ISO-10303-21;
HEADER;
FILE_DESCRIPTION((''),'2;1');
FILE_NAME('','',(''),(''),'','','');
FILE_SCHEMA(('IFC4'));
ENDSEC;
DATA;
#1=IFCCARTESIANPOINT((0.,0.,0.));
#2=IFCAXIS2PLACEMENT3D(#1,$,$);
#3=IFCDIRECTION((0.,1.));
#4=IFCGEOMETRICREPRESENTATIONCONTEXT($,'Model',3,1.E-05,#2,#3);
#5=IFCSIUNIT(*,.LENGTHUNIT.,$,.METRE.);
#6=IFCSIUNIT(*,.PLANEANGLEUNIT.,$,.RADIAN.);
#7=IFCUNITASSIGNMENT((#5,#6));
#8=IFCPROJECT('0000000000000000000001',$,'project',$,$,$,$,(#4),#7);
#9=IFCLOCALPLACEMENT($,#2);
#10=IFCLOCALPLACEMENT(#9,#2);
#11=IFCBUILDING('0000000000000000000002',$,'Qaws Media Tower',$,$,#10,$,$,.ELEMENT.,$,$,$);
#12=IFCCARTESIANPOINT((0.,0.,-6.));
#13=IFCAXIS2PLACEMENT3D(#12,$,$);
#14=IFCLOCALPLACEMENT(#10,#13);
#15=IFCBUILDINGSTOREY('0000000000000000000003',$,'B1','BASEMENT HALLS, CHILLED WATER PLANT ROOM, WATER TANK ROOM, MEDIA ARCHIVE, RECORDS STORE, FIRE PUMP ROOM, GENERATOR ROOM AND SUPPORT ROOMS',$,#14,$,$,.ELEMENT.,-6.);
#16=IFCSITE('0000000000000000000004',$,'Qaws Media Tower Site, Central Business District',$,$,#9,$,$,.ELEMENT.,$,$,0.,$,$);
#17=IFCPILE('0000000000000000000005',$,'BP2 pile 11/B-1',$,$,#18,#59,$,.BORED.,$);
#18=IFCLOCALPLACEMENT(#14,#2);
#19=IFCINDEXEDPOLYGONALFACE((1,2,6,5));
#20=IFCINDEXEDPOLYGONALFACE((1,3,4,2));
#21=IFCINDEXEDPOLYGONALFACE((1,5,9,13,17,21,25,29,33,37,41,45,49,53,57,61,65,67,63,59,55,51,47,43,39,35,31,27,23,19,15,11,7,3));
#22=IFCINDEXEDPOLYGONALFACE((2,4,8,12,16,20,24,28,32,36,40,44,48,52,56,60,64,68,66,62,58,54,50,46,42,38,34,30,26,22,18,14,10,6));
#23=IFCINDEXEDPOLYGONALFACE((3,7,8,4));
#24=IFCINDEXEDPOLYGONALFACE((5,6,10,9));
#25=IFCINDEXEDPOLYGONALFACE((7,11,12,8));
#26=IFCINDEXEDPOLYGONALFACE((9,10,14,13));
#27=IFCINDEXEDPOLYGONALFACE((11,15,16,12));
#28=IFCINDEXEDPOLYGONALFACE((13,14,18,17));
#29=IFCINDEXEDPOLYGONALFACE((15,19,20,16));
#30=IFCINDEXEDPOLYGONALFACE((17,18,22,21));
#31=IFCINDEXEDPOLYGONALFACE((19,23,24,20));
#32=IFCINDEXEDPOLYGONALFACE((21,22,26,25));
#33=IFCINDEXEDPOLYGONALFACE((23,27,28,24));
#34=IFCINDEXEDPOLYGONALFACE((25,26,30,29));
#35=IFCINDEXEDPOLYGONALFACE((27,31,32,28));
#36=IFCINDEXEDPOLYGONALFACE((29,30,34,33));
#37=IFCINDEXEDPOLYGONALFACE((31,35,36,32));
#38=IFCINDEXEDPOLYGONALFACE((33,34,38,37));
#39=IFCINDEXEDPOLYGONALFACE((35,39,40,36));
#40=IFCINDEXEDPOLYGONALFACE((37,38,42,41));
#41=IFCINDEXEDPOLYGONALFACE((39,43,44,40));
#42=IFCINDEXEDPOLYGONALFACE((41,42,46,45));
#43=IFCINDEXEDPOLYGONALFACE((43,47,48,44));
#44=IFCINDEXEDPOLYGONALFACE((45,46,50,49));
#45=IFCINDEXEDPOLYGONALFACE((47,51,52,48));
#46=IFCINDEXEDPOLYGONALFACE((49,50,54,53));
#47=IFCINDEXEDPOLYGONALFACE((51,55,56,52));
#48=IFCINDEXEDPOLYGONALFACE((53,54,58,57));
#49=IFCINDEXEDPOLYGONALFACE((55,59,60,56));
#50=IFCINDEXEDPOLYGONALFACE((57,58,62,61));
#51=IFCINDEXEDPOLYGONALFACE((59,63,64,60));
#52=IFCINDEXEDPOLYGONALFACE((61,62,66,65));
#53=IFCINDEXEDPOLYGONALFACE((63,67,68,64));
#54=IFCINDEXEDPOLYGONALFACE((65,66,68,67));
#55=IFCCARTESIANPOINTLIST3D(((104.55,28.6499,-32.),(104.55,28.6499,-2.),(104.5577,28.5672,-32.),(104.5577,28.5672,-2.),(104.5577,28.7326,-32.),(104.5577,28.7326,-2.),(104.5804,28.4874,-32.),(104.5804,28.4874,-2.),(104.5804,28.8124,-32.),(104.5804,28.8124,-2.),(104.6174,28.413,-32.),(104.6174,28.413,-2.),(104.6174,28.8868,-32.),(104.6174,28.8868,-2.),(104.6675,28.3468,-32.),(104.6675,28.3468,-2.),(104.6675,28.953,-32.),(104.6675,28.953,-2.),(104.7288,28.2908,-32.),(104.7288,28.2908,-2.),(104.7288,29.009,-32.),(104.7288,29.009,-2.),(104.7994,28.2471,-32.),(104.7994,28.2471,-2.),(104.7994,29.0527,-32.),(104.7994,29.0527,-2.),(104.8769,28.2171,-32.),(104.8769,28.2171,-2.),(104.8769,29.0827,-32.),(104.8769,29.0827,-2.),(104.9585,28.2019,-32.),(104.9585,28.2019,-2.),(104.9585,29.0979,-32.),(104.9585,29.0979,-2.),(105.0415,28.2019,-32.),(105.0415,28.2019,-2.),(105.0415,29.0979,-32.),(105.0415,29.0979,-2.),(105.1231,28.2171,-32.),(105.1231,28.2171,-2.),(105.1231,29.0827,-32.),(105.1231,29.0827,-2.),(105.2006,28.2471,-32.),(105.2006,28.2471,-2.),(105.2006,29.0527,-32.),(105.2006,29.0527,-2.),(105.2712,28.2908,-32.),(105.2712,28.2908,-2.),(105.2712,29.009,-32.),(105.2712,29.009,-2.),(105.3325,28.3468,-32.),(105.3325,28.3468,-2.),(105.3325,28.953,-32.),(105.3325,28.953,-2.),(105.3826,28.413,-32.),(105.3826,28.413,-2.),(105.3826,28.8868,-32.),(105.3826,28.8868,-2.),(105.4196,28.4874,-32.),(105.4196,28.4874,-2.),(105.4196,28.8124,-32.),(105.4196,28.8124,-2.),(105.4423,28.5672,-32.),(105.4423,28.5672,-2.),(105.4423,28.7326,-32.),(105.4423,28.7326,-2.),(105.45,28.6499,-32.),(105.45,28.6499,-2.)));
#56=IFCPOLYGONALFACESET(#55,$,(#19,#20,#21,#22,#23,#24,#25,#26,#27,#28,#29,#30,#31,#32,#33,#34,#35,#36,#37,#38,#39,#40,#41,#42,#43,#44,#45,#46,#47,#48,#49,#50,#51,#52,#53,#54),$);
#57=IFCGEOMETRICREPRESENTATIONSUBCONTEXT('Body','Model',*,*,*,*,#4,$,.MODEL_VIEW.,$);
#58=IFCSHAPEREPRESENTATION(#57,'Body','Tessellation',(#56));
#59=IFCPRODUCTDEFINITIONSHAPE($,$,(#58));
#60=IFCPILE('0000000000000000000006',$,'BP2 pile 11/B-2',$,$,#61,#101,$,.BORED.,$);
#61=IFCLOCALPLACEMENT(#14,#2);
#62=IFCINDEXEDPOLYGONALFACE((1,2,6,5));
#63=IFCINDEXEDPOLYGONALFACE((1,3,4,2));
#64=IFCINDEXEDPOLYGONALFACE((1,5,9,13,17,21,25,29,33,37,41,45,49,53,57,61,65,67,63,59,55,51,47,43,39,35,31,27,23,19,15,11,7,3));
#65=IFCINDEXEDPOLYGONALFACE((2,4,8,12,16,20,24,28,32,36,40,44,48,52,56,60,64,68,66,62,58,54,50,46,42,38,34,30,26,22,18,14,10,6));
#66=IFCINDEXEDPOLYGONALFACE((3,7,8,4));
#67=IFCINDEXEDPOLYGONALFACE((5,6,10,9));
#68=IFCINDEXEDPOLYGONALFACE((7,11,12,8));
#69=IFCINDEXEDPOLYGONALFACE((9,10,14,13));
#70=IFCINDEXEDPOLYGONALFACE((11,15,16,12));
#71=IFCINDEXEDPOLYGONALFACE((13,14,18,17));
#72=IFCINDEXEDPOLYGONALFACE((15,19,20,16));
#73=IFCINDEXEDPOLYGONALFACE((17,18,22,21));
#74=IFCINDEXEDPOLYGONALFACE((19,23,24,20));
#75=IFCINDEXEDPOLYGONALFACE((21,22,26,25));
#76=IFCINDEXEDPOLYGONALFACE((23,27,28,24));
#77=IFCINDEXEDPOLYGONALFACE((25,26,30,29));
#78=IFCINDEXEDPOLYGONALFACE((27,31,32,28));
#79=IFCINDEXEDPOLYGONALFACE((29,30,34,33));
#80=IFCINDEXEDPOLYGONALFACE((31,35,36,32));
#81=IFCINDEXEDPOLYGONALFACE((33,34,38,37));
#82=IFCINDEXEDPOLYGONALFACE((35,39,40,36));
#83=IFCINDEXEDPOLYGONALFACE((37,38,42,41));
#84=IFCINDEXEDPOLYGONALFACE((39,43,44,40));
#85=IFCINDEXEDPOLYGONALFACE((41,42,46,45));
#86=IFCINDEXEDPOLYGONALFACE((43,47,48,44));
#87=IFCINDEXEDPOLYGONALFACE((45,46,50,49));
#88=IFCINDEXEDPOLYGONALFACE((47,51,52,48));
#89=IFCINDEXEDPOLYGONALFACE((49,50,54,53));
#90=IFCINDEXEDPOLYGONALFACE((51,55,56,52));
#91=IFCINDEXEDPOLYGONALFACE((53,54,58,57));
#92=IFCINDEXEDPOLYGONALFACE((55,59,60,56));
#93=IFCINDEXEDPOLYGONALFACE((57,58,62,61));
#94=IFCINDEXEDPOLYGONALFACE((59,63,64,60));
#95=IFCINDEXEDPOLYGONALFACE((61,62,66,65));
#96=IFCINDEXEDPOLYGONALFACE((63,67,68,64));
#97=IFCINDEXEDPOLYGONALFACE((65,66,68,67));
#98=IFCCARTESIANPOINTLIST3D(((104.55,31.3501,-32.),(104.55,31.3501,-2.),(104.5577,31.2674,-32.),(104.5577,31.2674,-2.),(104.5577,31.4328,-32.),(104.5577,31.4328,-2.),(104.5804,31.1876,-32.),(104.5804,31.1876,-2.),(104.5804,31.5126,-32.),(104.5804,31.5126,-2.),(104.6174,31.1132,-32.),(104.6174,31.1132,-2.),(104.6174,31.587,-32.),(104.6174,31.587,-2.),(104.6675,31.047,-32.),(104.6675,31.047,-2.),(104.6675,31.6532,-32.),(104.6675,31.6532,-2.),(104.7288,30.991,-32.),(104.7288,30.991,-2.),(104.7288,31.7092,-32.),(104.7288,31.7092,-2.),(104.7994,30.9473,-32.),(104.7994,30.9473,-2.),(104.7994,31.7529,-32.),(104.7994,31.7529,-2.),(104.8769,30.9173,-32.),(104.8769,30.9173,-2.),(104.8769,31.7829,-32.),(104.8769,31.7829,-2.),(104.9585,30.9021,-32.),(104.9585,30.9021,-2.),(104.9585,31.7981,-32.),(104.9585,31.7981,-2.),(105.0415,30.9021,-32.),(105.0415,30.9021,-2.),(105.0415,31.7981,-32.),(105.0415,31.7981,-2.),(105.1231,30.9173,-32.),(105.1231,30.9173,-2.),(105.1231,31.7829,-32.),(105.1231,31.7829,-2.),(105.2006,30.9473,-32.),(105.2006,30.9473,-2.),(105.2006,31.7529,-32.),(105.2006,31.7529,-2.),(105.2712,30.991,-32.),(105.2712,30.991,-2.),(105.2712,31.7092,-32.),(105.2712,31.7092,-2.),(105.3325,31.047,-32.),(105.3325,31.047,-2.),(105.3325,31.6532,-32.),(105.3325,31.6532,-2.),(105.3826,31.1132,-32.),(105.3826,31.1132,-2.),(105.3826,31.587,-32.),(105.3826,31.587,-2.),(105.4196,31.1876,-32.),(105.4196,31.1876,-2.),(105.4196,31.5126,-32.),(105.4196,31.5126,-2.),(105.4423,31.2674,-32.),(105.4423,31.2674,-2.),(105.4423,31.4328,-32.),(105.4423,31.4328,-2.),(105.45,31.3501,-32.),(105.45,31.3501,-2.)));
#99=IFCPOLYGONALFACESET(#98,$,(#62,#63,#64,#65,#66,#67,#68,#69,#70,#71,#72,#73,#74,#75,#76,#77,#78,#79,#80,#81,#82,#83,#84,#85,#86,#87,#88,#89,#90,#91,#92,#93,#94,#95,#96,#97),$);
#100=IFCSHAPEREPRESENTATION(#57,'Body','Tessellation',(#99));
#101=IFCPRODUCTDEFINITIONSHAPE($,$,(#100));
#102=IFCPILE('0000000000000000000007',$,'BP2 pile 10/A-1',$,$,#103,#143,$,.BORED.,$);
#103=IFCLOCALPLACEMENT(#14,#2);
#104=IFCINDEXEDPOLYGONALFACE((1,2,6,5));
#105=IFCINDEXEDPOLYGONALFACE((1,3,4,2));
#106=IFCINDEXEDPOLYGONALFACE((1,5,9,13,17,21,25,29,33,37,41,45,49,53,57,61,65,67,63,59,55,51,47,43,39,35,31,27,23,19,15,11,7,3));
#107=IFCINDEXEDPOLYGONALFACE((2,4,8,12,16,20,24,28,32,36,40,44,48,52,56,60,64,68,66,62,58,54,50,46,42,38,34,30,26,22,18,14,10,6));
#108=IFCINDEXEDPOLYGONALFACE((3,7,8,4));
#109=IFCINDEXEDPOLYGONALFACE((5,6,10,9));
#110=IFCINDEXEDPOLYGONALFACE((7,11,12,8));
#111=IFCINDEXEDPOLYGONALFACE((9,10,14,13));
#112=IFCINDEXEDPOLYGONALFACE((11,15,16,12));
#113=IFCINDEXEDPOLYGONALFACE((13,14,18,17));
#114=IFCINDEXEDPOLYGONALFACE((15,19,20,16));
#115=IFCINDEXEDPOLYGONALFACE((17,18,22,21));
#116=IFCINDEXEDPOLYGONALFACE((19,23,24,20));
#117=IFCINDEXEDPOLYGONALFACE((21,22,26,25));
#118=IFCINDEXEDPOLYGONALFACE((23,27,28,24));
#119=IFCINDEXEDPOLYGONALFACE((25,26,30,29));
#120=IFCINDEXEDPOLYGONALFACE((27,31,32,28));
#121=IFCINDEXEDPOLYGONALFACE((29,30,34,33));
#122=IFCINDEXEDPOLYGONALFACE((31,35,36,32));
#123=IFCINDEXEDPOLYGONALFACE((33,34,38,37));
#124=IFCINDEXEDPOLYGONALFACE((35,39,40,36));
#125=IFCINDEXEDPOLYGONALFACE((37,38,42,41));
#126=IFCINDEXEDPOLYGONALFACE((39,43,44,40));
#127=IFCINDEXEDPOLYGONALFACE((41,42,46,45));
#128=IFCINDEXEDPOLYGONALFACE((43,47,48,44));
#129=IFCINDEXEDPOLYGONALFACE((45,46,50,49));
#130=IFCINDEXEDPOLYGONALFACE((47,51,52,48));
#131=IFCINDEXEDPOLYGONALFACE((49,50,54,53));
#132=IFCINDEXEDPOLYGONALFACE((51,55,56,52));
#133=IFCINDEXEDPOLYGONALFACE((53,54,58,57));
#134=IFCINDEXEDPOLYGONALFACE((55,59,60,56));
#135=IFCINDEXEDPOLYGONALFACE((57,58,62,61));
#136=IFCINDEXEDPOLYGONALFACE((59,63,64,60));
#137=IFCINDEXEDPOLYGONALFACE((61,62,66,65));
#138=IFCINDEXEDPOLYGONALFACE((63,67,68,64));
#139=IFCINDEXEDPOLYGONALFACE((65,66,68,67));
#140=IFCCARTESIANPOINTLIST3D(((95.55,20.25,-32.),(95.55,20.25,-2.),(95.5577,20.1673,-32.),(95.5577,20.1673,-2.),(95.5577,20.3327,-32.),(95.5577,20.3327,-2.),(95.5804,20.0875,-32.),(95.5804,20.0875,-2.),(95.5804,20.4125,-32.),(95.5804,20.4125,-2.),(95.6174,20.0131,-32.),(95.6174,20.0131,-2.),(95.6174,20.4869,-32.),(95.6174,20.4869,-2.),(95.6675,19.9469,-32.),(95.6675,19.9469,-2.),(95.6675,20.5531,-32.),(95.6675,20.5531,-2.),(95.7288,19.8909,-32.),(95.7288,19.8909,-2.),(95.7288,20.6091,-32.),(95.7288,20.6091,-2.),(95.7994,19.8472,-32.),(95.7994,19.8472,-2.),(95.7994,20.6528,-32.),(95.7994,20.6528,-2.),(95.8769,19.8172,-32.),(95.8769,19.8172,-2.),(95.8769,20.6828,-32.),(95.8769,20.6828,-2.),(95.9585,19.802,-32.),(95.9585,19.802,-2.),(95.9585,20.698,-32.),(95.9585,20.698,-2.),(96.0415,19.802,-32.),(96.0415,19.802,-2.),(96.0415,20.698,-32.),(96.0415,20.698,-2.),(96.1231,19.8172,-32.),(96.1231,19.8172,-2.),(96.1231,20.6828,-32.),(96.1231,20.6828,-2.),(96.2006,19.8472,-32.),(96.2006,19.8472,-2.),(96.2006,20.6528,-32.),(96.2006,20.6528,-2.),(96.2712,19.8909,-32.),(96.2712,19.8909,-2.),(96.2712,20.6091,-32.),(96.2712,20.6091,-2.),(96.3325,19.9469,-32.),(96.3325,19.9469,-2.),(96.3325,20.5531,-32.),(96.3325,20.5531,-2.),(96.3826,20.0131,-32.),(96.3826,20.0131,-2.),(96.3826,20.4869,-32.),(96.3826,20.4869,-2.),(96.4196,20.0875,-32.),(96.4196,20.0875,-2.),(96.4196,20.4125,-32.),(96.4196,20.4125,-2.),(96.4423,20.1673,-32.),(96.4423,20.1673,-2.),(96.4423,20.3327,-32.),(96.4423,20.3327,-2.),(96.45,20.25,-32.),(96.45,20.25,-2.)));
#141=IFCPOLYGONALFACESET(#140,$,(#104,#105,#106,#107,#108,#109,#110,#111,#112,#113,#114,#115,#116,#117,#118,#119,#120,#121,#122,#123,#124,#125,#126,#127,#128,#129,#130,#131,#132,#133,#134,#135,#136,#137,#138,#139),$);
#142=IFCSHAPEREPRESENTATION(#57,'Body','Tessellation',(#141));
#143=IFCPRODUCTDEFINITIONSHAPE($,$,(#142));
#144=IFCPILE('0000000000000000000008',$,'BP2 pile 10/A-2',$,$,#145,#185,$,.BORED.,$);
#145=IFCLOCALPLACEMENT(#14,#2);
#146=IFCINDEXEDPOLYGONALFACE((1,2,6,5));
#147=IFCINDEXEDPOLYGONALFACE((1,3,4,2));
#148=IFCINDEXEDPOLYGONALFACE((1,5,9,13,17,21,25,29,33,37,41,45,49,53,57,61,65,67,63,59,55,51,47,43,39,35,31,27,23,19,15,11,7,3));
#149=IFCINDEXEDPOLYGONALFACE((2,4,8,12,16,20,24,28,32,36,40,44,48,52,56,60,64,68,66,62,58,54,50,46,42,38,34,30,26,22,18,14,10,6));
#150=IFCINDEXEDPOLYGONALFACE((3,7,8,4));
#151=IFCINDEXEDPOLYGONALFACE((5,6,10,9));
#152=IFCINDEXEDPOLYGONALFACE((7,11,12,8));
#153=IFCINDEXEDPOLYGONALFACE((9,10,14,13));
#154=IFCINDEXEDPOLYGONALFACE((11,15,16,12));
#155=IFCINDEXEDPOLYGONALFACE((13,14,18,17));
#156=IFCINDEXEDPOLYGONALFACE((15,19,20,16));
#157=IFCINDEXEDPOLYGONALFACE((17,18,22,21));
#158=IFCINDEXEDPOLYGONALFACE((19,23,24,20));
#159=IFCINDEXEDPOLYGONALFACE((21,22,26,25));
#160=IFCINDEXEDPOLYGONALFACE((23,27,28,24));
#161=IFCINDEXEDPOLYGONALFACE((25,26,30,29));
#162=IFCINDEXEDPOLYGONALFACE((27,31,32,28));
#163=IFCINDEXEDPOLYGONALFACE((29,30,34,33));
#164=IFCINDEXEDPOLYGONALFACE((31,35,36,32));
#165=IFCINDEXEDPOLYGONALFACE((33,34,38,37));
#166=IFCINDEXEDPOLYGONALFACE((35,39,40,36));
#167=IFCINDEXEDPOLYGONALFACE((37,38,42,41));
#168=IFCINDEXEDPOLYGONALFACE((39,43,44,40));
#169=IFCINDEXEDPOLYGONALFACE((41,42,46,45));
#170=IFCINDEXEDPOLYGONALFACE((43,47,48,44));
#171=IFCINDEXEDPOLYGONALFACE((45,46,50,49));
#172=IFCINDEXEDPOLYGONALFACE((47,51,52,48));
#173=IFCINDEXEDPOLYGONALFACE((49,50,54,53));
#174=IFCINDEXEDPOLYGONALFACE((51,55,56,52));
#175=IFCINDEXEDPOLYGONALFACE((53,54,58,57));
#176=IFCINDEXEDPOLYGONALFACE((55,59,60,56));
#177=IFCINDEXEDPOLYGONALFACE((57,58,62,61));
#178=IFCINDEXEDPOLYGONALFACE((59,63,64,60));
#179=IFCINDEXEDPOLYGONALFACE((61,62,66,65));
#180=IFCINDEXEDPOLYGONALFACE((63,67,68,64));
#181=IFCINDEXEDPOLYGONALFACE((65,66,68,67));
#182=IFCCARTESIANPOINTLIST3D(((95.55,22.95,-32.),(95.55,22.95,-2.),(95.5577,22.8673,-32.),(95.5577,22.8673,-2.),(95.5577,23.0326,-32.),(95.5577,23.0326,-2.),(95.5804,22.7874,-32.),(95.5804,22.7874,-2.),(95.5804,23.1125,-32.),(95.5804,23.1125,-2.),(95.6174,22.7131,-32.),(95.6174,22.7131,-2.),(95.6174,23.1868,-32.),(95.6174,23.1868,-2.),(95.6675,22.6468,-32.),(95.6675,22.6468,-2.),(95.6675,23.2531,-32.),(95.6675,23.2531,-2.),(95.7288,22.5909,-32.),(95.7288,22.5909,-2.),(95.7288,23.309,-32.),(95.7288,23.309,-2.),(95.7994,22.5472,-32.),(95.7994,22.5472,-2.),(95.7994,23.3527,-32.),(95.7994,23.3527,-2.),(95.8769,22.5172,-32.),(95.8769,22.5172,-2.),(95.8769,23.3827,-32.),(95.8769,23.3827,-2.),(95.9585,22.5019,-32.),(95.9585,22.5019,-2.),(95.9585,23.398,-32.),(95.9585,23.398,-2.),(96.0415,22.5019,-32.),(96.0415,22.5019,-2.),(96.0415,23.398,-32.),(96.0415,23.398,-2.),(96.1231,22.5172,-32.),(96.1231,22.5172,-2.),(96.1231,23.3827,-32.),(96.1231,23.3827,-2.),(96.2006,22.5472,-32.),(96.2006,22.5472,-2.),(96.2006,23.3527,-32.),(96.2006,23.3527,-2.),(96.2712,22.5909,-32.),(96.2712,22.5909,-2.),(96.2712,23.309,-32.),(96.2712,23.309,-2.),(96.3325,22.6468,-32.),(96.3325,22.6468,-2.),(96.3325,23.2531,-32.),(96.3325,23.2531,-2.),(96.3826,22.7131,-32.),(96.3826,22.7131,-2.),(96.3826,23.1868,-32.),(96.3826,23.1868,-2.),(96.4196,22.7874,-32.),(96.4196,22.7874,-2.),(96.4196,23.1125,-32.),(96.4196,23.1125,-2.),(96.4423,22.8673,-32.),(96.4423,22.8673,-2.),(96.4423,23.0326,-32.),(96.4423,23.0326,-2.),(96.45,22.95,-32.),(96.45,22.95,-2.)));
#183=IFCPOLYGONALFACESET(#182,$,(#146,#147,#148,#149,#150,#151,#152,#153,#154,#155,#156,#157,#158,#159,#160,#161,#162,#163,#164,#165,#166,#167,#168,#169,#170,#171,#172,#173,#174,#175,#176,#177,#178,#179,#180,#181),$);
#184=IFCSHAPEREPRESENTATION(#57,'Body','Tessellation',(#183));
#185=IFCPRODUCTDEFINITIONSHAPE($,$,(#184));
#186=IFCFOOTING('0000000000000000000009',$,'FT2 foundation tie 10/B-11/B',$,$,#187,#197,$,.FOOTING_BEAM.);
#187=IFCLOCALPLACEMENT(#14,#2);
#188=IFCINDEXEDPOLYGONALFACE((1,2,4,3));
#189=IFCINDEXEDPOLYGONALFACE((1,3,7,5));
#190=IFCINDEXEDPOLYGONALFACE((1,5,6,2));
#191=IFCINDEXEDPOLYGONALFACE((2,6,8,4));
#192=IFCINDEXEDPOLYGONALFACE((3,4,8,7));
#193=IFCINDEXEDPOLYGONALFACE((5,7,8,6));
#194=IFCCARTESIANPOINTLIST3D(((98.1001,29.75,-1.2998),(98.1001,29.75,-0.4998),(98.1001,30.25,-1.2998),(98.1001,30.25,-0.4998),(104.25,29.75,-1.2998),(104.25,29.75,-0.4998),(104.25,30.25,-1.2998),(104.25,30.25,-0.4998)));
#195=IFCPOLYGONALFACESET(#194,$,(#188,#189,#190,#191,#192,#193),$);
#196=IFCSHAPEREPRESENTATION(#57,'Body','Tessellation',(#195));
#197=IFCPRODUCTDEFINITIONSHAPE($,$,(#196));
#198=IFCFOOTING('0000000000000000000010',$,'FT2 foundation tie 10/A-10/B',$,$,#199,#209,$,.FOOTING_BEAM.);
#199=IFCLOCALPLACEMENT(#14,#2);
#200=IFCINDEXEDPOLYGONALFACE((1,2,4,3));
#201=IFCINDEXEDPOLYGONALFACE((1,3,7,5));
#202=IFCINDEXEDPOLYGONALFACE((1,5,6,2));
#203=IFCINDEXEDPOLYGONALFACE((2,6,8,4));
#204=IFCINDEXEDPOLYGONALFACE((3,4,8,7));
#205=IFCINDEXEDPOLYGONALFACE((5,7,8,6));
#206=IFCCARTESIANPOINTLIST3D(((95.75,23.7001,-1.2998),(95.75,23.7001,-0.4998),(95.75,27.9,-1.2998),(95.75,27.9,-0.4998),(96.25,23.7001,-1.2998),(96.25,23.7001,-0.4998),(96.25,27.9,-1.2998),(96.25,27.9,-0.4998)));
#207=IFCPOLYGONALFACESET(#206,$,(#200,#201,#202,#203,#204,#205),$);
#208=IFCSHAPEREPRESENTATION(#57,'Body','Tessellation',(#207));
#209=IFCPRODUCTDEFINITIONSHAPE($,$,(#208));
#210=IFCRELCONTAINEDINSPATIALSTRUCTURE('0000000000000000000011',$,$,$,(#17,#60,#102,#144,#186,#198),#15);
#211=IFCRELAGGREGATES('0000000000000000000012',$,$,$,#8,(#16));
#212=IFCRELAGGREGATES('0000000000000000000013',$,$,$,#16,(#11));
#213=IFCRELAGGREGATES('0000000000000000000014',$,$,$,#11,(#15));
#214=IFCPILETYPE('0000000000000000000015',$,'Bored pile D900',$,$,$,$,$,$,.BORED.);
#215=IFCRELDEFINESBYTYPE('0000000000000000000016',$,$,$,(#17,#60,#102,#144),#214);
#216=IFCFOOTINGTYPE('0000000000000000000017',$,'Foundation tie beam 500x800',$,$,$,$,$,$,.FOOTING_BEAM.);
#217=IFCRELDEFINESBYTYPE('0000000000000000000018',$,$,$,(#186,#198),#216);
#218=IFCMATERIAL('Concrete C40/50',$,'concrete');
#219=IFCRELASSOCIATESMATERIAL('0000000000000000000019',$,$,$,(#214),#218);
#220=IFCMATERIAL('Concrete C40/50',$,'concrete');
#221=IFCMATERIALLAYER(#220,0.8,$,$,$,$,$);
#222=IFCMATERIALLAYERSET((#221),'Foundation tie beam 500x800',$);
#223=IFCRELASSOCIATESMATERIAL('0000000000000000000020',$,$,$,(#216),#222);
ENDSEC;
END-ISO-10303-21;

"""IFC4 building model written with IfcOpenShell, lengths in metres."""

from ifc_helpers import new_model, si_unit, direction, frame, origin, origin_2d, place, context, subcontext, project, spatial, rectangle, circle, extrude, material, layer, layer_set, material_profile, profile_set, type_object, element, save


model = new_model("IFC4")

# Units and contexts
model_context = context("Model", 3, precision=1e-05, world=origin(), true_north=direction((0.0, 1.0)))
body_context = subcontext(model_context, "Body", "Model", "MODEL_VIEW")
ifc_project = project(units=[si_unit("LENGTHUNIT", "METRE"), si_unit("PLANEANGLEUNIT", "RADIAN")], contexts=[model_context])

# Site, building, storey
site_placement = place(None, origin())
site = spatial("IfcSite", under=ifc_project, at=site_placement, Name="Qaws Media Tower Site, Central Business District", CompositionType="ELEMENT", RefElevation=0.0)
building_placement = place(site_placement, origin())
building = spatial("IfcBuilding", under=site, at=building_placement, Name="Qaws Media Tower", CompositionType="ELEMENT")
storey_placement = place(building_placement, frame((0.0, 0.0, -6.0)))
storey = spatial("IfcBuildingStorey", under=building, at=storey_placement, Name="B1", Description="BASEMENT HALLS, CHILLED WATER PLANT ROOM, WATER TANK ROOM, MEDIA ARCHIVE, RECORDS STORE, FIRE PUMP ROOM, GENERATOR ROOM AND SUPPORT ROOMS", CompositionType="ELEMENT", Elevation=-6.0)

# Piles
ifc_material_1 = material(Name="Concrete C40/50", Category="concrete")
ifc_material_profile_1 = material_profile(ifc_material_1, circle(Radius=0.45, at=origin_2d()), Name="D900")
ifc_profile_set_1 = profile_set([ifc_material_profile_1], Name="Concrete C40/50")
pile_type = type_object("IfcPileType", Name="Bored pile D900", PredefinedType="BORED", material=ifc_profile_set_1)
for number, where, z_axis, x_axis, name in (
    (1, (105.0, 28.6499, -2.0), (0.0, 0.0, -1.0), (1.0, 0.0, 0.0), "BP2 pile 11/B-1"),
    (2, (105.0, 31.3501, -2.0), (0.0, 0.0, -1.0), (1.0, 0.0, 0.0), "BP2 pile 11/B-2"),
    (3, (96.0, 20.25, -2.0), (0.0, 0.0, -1.0), (1.0, 0.0, 0.0), "BP2 pile 10/A-1"),
    (4, (96.0, 22.95, -2.0), (0.0, 0.0, -1.0), (1.0, 0.0, 0.0), "BP2 pile 10/A-2"),
):
    element("IfcPile", number, at=place(storey_placement, frame(where, z_axis=z_axis, x_axis=x_axis)), inside=storey, type_object=pile_type, Name=name, PredefinedType="BORED", context=body_context, shape_type="SweptSolid", body=[
        extrude(circle(Radius=0.45, at=origin_2d()), origin(), (0.0, 0.0, 1.0), 30.0),
    ])

# Footings
ifc_material_2 = material(Name="Concrete C40/50", Category="concrete")
ifc_layer_1 = layer(ifc_material_2, 0.8)
ifc_layer_set_1 = layer_set([ifc_layer_1], Name="Foundation tie beam 500x800")
footing_type_1 = type_object("IfcFootingType", Name="Foundation tie beam 500x800", PredefinedType="FOOTING_BEAM", material=ifc_layer_set_1)
footing_1_placement = place(storey_placement, frame((101.175, 30.0, -1.2998), z_axis=(0.0, 0.0, 1.0), x_axis=(1.0, 0.0, 0.0)))
element("IfcFooting", 5, at=footing_1_placement, inside=storey, type_object=footing_type_1, Name="FT2 foundation tie 10/B-11/B", PredefinedType="FOOTING_BEAM", context=body_context, shape_type="SweptSolid", body=[
    extrude(rectangle(XDim=6.1499, YDim=0.5, at=origin_2d()), origin(), (0.0, 0.0, 1.0), 0.8),
])
footing_2_placement = place(storey_placement, frame((96.0, 25.8, -1.2998), z_axis=(0.0, 0.0, 1.0), x_axis=(1.0, 0.0, 0.0)))
element("IfcFooting", 6, at=footing_2_placement, inside=storey, type_object=footing_type_1, Name="FT2 foundation tie 10/A-10/B", PredefinedType="FOOTING_BEAM", context=body_context, shape_type="SweptSolid", body=[
    extrude(rectangle(XDim=0.5, YDim=4.2, at=origin_2d()), origin(), (0.0, 0.0, 1.0), 0.8),
])

save(model, "model.ifc")
